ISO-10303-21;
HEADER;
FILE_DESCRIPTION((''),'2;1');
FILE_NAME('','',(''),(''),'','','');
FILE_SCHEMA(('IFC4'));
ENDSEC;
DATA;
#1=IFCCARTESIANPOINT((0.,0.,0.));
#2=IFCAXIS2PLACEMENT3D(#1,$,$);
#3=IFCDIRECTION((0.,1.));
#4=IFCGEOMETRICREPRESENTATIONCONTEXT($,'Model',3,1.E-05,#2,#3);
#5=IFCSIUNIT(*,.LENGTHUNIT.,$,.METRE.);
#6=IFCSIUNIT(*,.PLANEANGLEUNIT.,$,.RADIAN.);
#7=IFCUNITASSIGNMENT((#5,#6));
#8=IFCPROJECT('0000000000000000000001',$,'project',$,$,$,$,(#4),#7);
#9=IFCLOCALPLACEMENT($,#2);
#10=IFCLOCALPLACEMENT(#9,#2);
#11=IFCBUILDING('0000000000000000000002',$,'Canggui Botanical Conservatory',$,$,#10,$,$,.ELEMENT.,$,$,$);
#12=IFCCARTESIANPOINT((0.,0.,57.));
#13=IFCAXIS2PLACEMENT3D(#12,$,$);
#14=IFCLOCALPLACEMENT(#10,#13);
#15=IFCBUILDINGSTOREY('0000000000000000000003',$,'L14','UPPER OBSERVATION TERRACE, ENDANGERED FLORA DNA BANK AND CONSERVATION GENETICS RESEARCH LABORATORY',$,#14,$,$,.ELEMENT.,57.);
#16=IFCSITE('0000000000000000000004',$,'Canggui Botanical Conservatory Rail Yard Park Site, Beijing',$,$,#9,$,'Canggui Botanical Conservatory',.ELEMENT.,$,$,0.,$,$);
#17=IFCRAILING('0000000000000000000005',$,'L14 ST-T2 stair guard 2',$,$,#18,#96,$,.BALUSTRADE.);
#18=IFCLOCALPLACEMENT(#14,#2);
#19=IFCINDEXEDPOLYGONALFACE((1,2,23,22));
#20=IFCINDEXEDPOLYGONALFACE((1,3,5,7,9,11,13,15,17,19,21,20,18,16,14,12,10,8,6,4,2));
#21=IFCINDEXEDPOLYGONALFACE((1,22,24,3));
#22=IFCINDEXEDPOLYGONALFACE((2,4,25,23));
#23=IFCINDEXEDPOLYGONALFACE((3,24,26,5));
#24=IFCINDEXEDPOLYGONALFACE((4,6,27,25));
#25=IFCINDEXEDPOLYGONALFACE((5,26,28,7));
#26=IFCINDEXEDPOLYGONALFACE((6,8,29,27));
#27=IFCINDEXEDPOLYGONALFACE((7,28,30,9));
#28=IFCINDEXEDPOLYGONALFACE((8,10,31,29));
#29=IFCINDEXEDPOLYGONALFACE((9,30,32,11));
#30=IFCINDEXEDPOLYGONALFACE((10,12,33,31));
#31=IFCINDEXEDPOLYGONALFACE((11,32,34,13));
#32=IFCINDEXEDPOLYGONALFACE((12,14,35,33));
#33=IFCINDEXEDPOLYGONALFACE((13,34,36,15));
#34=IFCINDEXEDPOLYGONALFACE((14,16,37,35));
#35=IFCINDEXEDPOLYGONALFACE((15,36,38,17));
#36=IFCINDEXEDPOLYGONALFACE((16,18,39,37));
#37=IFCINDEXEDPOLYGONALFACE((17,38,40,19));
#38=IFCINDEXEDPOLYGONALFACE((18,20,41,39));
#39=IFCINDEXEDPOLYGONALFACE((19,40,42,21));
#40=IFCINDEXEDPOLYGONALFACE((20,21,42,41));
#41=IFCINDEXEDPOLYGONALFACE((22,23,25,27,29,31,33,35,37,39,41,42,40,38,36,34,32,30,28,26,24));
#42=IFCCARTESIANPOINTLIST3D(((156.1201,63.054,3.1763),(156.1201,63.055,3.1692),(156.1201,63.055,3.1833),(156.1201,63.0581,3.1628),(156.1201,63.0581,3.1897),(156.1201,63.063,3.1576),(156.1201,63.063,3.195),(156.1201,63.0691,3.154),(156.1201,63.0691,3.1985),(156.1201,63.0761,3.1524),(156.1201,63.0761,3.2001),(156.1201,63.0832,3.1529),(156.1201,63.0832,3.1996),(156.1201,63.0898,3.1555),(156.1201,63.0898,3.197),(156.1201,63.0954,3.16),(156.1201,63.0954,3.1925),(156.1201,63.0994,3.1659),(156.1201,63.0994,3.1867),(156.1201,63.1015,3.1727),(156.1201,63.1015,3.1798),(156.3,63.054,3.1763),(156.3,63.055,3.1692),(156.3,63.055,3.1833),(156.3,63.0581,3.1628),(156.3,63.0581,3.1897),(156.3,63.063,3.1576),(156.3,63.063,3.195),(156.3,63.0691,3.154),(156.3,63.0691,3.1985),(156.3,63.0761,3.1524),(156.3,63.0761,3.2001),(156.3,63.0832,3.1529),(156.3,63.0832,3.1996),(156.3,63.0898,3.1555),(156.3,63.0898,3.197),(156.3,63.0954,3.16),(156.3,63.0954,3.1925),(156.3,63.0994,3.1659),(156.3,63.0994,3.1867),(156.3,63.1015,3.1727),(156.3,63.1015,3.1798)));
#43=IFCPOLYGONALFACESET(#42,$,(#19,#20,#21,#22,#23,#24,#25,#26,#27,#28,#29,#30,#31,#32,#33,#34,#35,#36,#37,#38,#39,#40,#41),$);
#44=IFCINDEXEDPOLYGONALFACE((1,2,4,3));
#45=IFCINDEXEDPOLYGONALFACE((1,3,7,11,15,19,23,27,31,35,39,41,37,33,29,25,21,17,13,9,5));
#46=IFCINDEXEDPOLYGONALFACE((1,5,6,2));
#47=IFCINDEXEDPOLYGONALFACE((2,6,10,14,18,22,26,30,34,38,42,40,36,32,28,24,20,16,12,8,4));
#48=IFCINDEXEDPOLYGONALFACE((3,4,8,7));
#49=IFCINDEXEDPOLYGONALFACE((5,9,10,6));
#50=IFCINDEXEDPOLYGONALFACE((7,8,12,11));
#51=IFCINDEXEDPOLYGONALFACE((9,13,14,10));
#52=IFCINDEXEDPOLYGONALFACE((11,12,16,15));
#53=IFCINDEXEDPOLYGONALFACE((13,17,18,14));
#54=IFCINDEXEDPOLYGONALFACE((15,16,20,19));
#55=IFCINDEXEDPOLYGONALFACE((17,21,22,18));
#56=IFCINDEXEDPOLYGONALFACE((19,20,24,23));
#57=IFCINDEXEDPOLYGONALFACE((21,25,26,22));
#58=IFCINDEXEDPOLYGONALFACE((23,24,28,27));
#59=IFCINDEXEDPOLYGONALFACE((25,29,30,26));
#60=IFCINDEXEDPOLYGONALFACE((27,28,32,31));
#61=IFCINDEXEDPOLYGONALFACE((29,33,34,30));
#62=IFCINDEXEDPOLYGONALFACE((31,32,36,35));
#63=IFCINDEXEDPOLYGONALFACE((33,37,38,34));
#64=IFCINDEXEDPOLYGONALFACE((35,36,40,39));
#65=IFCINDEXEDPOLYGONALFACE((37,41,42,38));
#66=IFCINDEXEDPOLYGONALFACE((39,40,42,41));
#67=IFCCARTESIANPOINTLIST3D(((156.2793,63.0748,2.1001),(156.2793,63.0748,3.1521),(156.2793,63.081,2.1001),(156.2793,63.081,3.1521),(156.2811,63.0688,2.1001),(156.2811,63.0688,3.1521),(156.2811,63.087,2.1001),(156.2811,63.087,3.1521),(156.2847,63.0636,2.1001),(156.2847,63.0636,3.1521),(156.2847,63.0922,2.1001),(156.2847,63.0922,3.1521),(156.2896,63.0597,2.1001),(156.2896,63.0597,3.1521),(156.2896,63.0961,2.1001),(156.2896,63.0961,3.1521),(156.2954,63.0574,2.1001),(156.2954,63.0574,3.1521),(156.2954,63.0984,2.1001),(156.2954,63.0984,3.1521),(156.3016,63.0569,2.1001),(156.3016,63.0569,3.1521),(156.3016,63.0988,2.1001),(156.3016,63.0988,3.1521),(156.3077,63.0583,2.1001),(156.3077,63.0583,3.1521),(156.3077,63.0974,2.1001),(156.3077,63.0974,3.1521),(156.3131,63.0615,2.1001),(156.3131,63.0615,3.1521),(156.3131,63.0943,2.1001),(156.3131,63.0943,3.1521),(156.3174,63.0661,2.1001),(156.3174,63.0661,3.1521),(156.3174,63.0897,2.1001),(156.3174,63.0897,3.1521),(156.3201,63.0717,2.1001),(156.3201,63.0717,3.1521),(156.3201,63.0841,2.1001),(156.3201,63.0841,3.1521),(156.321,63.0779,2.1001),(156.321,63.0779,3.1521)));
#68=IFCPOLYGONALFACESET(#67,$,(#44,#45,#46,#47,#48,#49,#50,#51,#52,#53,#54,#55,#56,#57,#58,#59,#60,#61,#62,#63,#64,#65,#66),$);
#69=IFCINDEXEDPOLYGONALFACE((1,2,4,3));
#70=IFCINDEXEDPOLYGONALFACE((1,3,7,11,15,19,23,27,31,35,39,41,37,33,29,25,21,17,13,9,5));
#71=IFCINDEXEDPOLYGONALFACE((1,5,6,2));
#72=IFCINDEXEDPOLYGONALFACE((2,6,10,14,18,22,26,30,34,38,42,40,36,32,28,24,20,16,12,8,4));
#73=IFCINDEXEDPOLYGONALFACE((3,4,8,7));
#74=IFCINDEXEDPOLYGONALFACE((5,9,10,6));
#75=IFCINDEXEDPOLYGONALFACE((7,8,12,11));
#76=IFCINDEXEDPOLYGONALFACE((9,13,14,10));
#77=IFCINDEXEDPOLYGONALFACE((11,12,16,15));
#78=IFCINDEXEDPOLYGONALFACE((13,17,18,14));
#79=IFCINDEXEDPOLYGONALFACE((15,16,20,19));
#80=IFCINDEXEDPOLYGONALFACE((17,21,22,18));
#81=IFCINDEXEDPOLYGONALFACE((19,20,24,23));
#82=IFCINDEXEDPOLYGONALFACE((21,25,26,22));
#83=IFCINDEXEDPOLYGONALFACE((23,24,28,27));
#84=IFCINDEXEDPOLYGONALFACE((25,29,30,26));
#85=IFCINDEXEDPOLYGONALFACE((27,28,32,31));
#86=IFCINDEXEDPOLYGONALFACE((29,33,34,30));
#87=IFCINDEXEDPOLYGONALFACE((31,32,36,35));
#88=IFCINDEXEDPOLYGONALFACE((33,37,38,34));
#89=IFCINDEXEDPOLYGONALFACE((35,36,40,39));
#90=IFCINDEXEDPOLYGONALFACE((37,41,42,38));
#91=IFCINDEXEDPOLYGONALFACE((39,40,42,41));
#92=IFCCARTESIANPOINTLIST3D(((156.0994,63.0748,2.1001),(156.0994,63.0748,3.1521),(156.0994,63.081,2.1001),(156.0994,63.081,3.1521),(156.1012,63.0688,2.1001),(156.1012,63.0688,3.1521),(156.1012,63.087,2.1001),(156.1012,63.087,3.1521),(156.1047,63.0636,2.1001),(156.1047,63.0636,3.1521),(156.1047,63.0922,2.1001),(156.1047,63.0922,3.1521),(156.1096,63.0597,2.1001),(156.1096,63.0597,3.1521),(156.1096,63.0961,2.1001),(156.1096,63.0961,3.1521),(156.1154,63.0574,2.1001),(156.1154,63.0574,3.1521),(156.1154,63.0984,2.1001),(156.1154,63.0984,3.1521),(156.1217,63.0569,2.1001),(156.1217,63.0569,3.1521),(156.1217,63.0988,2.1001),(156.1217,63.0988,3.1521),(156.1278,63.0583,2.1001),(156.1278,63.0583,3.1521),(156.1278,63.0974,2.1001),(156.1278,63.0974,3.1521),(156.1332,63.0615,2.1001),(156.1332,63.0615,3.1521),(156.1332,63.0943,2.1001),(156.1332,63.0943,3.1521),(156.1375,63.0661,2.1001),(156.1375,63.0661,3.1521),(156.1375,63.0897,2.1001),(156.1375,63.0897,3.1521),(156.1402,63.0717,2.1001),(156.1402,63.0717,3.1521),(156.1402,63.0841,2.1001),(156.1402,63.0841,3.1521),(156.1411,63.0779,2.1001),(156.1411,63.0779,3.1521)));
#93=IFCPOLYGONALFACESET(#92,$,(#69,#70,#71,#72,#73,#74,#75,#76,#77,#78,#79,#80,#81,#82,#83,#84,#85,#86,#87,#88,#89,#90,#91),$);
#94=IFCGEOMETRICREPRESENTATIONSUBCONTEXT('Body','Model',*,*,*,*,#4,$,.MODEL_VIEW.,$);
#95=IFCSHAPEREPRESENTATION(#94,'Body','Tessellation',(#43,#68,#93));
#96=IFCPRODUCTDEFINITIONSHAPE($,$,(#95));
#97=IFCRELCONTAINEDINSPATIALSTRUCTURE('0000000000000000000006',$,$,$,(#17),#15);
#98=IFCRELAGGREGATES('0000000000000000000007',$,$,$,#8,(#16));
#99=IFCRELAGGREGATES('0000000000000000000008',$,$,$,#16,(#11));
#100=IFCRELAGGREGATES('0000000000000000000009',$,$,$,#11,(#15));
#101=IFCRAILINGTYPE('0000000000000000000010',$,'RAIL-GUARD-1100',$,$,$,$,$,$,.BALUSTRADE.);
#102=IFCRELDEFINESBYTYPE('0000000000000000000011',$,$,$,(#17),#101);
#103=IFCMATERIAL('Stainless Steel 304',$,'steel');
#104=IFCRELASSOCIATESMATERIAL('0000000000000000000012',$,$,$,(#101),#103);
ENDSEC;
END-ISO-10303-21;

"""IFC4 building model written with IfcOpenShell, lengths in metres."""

from ifc_helpers import new_model, si_unit, direction, frame, origin, origin_2d, place, context, subcontext, project, spatial, circle, extrude, material, type_object, element, save


model = new_model("IFC4")

# Units and contexts
model_context = context("Model", 3, precision=1e-05, world=origin(), true_north=direction((0.0, 1.0)))
body_context = subcontext(model_context, "Body", "Model", "MODEL_VIEW")
ifc_project = project(units=[si_unit("LENGTHUNIT", "METRE"), si_unit("PLANEANGLEUNIT", "RADIAN")], contexts=[model_context])

# Site, building, storey
site_placement = place(None, origin())
site = spatial("IfcSite", under=ifc_project, at=site_placement, Name="Canggui Botanical Conservatory Rail Yard Park Site, Beijing", LongName="Canggui Botanical Conservatory", CompositionType="ELEMENT", RefElevation=0.0)
building_placement = place(site_placement, origin())
building = spatial("IfcBuilding", under=site, at=building_placement, Name="Canggui Botanical Conservatory", CompositionType="ELEMENT")
storey_placement = place(building_placement, frame((0.0, 0.0, 57.0)))
storey = spatial("IfcBuildingStorey", under=building, at=storey_placement, Name="L14", Description="UPPER OBSERVATION TERRACE, ENDANGERED FLORA DNA BANK AND CONSERVATION GENETICS RESEARCH LABORATORY", CompositionType="ELEMENT", Elevation=57.0)

# Shared definitions
ifc_material_1 = material(Name="Stainless Steel 304", Category="steel")

# Railing
railing_type_1 = type_object("IfcRailingType", Name="RAIL-GUARD-1100", PredefinedType="BALUSTRADE", material=ifc_material_1)
railing_1_placement = place(storey_placement, frame((156.3, 63.0779, 2.1001)))
element("IfcRailing", 1, at=railing_1_placement, inside=storey, type_object=railing_type_1, Name="L14 ST-T2 stair guard 2", PredefinedType="BALUSTRADE", context=body_context, shape_type="SweptSolid", body=[
    extrude(circle(Radius=0.0239, at=origin_2d()), frame((0.0, 0.0, 1.0762), z_axis=(-1.0, 0.0, 0.0), x_axis=(0.0, -1.0, 0.0)), (0.0, 0.0, 1.0), 0.1799),
    extrude(circle(Radius=0.021, at=origin_2d()), origin(), (0.0, 0.0, 1.0), 1.052),
    extrude(circle(Radius=0.021, at=origin_2d()), frame((-0.1799, 0.0, 0.0)), (0.0, 0.0, 1.0), 1.052),
])

save(model, "model.ifc")
